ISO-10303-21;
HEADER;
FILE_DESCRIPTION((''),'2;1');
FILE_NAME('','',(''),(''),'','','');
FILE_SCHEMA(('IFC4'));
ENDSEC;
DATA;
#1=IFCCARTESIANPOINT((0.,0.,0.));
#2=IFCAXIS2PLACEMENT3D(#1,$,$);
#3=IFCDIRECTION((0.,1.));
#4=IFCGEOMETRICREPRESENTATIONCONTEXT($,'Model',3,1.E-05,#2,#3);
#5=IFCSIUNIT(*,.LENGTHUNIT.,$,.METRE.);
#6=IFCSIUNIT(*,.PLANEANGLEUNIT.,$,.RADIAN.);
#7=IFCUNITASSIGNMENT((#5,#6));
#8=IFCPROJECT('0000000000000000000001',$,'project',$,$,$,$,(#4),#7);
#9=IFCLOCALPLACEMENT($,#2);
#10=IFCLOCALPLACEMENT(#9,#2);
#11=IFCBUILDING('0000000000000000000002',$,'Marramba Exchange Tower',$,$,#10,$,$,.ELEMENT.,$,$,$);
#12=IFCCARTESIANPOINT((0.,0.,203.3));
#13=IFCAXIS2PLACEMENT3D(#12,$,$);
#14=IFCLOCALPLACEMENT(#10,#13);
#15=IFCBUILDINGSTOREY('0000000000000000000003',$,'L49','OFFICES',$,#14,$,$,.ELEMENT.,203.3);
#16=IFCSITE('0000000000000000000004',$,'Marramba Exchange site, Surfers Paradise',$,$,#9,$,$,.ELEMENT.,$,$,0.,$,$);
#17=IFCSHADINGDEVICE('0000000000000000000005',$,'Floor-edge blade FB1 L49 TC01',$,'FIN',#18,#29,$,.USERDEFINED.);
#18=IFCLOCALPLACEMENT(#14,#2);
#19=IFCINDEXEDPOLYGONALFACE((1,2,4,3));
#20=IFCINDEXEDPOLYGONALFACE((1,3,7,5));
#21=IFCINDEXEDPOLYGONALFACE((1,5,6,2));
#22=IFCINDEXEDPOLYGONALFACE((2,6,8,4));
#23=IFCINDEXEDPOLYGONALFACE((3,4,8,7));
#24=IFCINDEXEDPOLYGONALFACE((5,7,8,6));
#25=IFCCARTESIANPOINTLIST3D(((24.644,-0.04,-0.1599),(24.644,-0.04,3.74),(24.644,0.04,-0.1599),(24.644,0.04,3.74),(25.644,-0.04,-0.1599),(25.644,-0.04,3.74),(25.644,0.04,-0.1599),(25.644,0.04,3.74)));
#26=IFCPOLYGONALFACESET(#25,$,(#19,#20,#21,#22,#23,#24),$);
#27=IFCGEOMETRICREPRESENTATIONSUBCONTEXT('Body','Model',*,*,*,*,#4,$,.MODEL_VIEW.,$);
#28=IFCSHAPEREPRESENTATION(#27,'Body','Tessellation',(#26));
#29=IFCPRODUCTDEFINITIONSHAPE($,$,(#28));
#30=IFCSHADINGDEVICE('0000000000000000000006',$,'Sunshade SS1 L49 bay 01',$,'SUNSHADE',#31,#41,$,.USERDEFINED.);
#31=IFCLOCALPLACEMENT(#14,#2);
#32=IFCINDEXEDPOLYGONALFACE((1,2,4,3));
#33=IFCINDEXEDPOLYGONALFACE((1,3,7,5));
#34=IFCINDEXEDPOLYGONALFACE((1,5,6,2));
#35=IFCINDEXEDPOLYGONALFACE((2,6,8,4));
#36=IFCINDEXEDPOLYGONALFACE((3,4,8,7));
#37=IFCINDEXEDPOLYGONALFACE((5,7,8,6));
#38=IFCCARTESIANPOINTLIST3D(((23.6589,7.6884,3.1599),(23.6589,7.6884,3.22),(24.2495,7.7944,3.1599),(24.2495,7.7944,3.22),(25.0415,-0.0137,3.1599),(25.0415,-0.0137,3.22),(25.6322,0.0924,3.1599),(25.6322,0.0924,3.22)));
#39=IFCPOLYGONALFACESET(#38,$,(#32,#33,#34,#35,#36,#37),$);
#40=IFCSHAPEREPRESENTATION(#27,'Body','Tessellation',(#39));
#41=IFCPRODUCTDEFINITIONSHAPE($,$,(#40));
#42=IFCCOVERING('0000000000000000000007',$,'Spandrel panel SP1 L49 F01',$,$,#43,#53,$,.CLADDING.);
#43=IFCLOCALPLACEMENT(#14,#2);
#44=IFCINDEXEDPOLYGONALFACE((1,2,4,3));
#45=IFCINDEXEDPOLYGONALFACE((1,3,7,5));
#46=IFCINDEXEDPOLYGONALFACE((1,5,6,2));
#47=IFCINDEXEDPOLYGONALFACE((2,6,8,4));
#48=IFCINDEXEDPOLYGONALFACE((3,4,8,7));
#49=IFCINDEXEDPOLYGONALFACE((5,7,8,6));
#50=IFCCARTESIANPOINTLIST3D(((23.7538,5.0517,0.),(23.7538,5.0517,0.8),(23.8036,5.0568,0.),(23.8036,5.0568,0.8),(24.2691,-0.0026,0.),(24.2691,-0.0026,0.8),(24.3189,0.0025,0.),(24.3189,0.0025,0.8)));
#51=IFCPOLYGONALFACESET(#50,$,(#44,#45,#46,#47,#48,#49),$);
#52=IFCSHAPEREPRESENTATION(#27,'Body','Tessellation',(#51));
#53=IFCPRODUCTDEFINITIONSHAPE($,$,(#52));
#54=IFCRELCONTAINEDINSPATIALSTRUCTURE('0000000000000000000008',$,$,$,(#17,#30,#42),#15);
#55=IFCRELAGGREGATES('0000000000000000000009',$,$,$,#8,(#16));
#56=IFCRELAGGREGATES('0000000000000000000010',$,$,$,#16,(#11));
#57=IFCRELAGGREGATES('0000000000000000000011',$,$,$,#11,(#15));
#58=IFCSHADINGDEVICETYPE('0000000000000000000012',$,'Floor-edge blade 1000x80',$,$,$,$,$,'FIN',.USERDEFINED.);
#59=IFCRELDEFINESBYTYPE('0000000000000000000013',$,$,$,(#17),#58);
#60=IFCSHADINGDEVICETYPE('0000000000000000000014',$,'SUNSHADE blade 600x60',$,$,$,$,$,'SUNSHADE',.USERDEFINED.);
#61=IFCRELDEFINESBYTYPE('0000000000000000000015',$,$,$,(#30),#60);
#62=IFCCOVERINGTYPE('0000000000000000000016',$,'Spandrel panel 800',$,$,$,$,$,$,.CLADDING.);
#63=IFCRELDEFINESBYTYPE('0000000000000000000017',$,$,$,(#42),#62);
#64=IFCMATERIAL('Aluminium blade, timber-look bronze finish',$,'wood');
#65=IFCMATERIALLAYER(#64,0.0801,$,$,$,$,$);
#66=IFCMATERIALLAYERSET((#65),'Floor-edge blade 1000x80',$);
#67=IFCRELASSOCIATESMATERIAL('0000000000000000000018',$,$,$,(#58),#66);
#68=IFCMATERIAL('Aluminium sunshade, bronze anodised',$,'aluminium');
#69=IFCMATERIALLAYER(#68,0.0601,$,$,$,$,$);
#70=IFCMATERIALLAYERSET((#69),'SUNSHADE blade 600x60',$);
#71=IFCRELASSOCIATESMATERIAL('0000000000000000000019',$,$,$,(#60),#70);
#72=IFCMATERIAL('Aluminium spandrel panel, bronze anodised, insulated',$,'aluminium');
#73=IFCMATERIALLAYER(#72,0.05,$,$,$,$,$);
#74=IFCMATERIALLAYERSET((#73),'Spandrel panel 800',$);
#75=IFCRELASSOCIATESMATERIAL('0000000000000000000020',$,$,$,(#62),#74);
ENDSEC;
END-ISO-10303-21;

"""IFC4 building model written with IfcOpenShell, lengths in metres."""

from ifc_helpers import new_model, si_unit, direction, frame, origin, origin_2d, place, context, subcontext, project, spatial, rectangle, extrude, material, layer, layer_set, type_object, element, save


model = new_model("IFC4")

# Units and contexts
model_context = context("Model", 3, precision=1e-05, world=origin(), true_north=direction((0.0, 1.0)))
body_context = subcontext(model_context, "Body", "Model", "MODEL_VIEW")
ifc_project = project(units=[si_unit("LENGTHUNIT", "METRE"), si_unit("PLANEANGLEUNIT", "RADIAN")], contexts=[model_context])

# Site, building, storey
site_placement = place(None, origin())
site = spatial("IfcSite", under=ifc_project, at=site_placement, Name="Marramba Exchange site, Surfers Paradise", CompositionType="ELEMENT", RefElevation=0.0)
building_placement = place(site_placement, origin())
building = spatial("IfcBuilding", under=site, at=building_placement, Name="Marramba Exchange Tower", CompositionType="ELEMENT")
storey_placement = place(building_placement, frame((0.0, 0.0, 203.3)))
storey = spatial("IfcBuildingStorey", under=building, at=storey_placement, Name="L49", Description="OFFICES", CompositionType="ELEMENT", Elevation=203.3)

# Shading devices
ifc_material_1 = material(Name="Aluminium blade, timber-look bronze finish", Category="wood")
ifc_layer_1 = layer(ifc_material_1, 0.0801)
ifc_layer_set_1 = layer_set([ifc_layer_1], Name="Floor-edge blade 1000x80")
shading_device_type_1 = type_object("IfcShadingDeviceType", Name="Floor-edge blade 1000x80", ElementType="FIN", PredefinedType="USERDEFINED", material=ifc_layer_set_1)
shading_device_1_placement = place(storey_placement, frame((25.144, 0.0, -0.1599), z_axis=(0.0, 0.0, 1.0), x_axis=(1.0, 0.0, 0.0)))
element("IfcShadingDevice", 1, at=shading_device_1_placement, inside=storey, type_object=shading_device_type_1, Name="Floor-edge blade FB1 L49 TC01", ObjectType="FIN", PredefinedType="USERDEFINED", context=body_context, shape_type="SweptSolid", body=[
    extrude(rectangle(XDim=1.0, YDim=0.0801, at=origin_2d()), origin(), (0.0, 0.0, 1.0), 3.8999),
])
ifc_material_2 = material(Name="Aluminium sunshade, bronze anodised", Category="aluminium")
ifc_layer_2 = layer(ifc_material_2, 0.0601)
ifc_layer_set_2 = layer_set([ifc_layer_2], Name="SUNSHADE blade 600x60")
shading_device_type_2 = type_object("IfcShadingDeviceType", Name="SUNSHADE blade 600x60", ElementType="SUNSHADE", PredefinedType="USERDEFINED", material=ifc_layer_set_2)
shading_device_2_placement = place(storey_placement, frame((24.6455, 3.8904, 3.1599), z_axis=(0.0, 0.0, 1.0), x_axis=(-0.176691, 0.984266, 0.0)))
element("IfcShadingDevice", 2, at=shading_device_2_placement, inside=storey, type_object=shading_device_type_2, Name="Sunshade SS1 L49 bay 01", ObjectType="SUNSHADE", PredefinedType="USERDEFINED", context=body_context, shape_type="SweptSolid", body=[
    extrude(rectangle(XDim=7.8252, YDim=0.6001, at=origin_2d()), origin(), (0.0, 0.0, 1.0), 0.0601),
])

# Covering
ifc_material_3 = material(Name="Aluminium spandrel panel, bronze anodised, insulated", Category="aluminium")
ifc_layer_3 = layer(ifc_material_3, 0.05)
ifc_layer_set_3 = layer_set([ifc_layer_3], Name="Spandrel panel 800")
covering_type = type_object("IfcCoveringType", Name="Spandrel panel 800", PredefinedType="CLADDING", material=ifc_layer_set_3)
covering_placement = place(storey_placement, frame((24.0364, 2.5271, 0.0), z_axis=(0.0, 0.0, 1.0), x_axis=(-0.101422, 0.994843, 0.0)))
element("IfcCovering", 3, at=covering_placement, inside=storey, type_object=covering_type, Name="Spandrel panel SP1 L49 F01", PredefinedType="CLADDING", context=body_context, shape_type="SweptSolid", body=[
    extrude(rectangle(XDim=5.0806, YDim=0.05, at=origin_2d()), origin(), (0.0, 0.0, 1.0), 0.8),
])

save(model, "model.ifc")
